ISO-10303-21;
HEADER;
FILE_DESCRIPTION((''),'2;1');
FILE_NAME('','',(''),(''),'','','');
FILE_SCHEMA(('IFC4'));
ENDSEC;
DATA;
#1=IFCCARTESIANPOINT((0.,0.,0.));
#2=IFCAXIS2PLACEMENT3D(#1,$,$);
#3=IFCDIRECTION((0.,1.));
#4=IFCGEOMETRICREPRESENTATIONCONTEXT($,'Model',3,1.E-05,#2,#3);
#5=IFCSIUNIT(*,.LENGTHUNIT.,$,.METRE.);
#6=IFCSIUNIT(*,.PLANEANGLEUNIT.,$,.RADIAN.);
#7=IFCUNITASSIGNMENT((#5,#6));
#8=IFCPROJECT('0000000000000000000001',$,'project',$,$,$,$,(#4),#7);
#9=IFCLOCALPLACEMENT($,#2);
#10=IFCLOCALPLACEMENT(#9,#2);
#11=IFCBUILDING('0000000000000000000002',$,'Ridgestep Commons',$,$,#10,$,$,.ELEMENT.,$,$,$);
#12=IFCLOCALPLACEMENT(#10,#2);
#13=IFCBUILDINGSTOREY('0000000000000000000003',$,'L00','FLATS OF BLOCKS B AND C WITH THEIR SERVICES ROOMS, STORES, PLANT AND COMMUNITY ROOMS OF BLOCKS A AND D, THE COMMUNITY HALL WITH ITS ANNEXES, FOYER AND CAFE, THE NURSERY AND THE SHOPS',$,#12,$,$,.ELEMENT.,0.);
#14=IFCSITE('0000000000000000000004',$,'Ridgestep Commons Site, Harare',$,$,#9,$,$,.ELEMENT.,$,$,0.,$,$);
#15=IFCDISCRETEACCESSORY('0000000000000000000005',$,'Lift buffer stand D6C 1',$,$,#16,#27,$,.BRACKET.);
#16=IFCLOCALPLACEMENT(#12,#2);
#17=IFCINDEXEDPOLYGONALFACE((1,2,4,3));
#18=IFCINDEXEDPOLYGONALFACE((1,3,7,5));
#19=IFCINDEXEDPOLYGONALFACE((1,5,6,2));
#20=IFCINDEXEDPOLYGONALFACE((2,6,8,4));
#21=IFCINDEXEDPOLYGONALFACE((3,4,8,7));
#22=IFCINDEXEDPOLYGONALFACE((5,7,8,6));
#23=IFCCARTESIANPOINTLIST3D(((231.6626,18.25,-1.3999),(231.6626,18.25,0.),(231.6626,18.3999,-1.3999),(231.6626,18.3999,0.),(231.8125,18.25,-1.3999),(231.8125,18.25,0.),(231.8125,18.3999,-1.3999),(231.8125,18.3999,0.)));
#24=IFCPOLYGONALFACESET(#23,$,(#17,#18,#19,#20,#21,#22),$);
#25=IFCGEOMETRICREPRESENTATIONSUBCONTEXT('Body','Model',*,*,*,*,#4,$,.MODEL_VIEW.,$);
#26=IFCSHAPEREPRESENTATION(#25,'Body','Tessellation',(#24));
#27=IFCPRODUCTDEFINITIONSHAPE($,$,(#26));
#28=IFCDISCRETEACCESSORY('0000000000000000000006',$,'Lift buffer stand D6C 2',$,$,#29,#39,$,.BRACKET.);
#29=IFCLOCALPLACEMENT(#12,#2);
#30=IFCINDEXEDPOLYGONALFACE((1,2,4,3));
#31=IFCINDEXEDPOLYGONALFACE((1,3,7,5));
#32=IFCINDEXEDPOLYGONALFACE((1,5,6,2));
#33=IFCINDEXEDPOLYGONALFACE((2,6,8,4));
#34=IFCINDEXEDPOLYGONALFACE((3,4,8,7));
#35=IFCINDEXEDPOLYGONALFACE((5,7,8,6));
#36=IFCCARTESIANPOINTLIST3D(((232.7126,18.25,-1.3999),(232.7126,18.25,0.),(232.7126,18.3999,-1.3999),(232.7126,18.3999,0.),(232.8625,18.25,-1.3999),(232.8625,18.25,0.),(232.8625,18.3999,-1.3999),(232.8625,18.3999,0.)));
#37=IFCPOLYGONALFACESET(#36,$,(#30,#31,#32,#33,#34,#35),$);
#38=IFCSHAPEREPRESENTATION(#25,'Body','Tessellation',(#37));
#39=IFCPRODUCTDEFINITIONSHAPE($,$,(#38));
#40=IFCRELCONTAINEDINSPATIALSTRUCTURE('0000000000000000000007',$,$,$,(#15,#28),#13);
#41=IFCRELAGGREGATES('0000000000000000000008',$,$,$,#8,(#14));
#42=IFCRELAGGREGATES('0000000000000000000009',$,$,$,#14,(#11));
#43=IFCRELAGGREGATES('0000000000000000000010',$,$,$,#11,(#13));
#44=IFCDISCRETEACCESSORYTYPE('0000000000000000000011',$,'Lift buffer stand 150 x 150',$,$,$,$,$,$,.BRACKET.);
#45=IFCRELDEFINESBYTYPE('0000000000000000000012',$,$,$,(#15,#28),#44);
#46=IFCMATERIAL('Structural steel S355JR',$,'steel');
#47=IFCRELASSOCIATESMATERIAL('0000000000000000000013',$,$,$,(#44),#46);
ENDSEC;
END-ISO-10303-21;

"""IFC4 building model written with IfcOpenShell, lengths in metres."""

from ifc_helpers import new_model, si_unit, direction, frame, origin, origin_2d, place, context, subcontext, project, spatial, rectangle, extrude, material, type_object, element, save


model = new_model("IFC4")

# Units and contexts
model_context = context("Model", 3, precision=1e-05, world=origin(), true_north=direction((0.0, 1.0)))
body_context = subcontext(model_context, "Body", "Model", "MODEL_VIEW")
ifc_project = project(units=[si_unit("LENGTHUNIT", "METRE"), si_unit("PLANEANGLEUNIT", "RADIAN")], contexts=[model_context])

# Site, building, storey
site_placement = place(None, origin())
site = spatial("IfcSite", under=ifc_project, at=site_placement, Name="Ridgestep Commons Site, Harare", CompositionType="ELEMENT", RefElevation=0.0)
building_placement = place(site_placement, origin())
building = spatial("IfcBuilding", under=site, at=building_placement, Name="Ridgestep Commons", CompositionType="ELEMENT")
storey_placement = place(building_placement, origin())
storey = spatial("IfcBuildingStorey", under=building, at=storey_placement, Name="L00", Description="FLATS OF BLOCKS B AND C WITH THEIR SERVICES ROOMS, STORES, PLANT AND COMMUNITY ROOMS OF BLOCKS A AND D, THE COMMUNITY HALL WITH ITS ANNEXES, FOYER AND CAFE, THE NURSERY AND THE SHOPS", CompositionType="ELEMENT", Elevation=0.0)

# Discrete accessories
ifc_material_1 = material(Name="Structural steel S355JR", Category="steel")
discrete_accessory_type = type_object("IfcDiscreteAccessoryType", Name="Lift buffer stand 150 x 150", PredefinedType="BRACKET", material=ifc_material_1)
for number, where, z_axis, x_axis, name in (
    (1, (231.7375, 18.325, -1.3999), (0.0, 0.0, 1.0), (1.0, 0.0, 0.0), "Lift buffer stand D6C 1"),
    (2, (232.7876, 18.325, -1.3999), (0.0, 0.0, 1.0), (1.0, 0.0, 0.0), "Lift buffer stand D6C 2"),
):
    element("IfcDiscreteAccessory", number, at=place(storey_placement, frame(where, z_axis=z_axis, x_axis=x_axis)), inside=storey, type_object=discrete_accessory_type, Name=name, PredefinedType="BRACKET", context=body_context, shape_type="SweptSolid", body=[
        extrude(rectangle(XDim=0.1499, YDim=0.1499, at=origin_2d()), origin(), (0.0, 0.0, 1.0), 1.3999),
    ])

save(model, "model.ifc")
